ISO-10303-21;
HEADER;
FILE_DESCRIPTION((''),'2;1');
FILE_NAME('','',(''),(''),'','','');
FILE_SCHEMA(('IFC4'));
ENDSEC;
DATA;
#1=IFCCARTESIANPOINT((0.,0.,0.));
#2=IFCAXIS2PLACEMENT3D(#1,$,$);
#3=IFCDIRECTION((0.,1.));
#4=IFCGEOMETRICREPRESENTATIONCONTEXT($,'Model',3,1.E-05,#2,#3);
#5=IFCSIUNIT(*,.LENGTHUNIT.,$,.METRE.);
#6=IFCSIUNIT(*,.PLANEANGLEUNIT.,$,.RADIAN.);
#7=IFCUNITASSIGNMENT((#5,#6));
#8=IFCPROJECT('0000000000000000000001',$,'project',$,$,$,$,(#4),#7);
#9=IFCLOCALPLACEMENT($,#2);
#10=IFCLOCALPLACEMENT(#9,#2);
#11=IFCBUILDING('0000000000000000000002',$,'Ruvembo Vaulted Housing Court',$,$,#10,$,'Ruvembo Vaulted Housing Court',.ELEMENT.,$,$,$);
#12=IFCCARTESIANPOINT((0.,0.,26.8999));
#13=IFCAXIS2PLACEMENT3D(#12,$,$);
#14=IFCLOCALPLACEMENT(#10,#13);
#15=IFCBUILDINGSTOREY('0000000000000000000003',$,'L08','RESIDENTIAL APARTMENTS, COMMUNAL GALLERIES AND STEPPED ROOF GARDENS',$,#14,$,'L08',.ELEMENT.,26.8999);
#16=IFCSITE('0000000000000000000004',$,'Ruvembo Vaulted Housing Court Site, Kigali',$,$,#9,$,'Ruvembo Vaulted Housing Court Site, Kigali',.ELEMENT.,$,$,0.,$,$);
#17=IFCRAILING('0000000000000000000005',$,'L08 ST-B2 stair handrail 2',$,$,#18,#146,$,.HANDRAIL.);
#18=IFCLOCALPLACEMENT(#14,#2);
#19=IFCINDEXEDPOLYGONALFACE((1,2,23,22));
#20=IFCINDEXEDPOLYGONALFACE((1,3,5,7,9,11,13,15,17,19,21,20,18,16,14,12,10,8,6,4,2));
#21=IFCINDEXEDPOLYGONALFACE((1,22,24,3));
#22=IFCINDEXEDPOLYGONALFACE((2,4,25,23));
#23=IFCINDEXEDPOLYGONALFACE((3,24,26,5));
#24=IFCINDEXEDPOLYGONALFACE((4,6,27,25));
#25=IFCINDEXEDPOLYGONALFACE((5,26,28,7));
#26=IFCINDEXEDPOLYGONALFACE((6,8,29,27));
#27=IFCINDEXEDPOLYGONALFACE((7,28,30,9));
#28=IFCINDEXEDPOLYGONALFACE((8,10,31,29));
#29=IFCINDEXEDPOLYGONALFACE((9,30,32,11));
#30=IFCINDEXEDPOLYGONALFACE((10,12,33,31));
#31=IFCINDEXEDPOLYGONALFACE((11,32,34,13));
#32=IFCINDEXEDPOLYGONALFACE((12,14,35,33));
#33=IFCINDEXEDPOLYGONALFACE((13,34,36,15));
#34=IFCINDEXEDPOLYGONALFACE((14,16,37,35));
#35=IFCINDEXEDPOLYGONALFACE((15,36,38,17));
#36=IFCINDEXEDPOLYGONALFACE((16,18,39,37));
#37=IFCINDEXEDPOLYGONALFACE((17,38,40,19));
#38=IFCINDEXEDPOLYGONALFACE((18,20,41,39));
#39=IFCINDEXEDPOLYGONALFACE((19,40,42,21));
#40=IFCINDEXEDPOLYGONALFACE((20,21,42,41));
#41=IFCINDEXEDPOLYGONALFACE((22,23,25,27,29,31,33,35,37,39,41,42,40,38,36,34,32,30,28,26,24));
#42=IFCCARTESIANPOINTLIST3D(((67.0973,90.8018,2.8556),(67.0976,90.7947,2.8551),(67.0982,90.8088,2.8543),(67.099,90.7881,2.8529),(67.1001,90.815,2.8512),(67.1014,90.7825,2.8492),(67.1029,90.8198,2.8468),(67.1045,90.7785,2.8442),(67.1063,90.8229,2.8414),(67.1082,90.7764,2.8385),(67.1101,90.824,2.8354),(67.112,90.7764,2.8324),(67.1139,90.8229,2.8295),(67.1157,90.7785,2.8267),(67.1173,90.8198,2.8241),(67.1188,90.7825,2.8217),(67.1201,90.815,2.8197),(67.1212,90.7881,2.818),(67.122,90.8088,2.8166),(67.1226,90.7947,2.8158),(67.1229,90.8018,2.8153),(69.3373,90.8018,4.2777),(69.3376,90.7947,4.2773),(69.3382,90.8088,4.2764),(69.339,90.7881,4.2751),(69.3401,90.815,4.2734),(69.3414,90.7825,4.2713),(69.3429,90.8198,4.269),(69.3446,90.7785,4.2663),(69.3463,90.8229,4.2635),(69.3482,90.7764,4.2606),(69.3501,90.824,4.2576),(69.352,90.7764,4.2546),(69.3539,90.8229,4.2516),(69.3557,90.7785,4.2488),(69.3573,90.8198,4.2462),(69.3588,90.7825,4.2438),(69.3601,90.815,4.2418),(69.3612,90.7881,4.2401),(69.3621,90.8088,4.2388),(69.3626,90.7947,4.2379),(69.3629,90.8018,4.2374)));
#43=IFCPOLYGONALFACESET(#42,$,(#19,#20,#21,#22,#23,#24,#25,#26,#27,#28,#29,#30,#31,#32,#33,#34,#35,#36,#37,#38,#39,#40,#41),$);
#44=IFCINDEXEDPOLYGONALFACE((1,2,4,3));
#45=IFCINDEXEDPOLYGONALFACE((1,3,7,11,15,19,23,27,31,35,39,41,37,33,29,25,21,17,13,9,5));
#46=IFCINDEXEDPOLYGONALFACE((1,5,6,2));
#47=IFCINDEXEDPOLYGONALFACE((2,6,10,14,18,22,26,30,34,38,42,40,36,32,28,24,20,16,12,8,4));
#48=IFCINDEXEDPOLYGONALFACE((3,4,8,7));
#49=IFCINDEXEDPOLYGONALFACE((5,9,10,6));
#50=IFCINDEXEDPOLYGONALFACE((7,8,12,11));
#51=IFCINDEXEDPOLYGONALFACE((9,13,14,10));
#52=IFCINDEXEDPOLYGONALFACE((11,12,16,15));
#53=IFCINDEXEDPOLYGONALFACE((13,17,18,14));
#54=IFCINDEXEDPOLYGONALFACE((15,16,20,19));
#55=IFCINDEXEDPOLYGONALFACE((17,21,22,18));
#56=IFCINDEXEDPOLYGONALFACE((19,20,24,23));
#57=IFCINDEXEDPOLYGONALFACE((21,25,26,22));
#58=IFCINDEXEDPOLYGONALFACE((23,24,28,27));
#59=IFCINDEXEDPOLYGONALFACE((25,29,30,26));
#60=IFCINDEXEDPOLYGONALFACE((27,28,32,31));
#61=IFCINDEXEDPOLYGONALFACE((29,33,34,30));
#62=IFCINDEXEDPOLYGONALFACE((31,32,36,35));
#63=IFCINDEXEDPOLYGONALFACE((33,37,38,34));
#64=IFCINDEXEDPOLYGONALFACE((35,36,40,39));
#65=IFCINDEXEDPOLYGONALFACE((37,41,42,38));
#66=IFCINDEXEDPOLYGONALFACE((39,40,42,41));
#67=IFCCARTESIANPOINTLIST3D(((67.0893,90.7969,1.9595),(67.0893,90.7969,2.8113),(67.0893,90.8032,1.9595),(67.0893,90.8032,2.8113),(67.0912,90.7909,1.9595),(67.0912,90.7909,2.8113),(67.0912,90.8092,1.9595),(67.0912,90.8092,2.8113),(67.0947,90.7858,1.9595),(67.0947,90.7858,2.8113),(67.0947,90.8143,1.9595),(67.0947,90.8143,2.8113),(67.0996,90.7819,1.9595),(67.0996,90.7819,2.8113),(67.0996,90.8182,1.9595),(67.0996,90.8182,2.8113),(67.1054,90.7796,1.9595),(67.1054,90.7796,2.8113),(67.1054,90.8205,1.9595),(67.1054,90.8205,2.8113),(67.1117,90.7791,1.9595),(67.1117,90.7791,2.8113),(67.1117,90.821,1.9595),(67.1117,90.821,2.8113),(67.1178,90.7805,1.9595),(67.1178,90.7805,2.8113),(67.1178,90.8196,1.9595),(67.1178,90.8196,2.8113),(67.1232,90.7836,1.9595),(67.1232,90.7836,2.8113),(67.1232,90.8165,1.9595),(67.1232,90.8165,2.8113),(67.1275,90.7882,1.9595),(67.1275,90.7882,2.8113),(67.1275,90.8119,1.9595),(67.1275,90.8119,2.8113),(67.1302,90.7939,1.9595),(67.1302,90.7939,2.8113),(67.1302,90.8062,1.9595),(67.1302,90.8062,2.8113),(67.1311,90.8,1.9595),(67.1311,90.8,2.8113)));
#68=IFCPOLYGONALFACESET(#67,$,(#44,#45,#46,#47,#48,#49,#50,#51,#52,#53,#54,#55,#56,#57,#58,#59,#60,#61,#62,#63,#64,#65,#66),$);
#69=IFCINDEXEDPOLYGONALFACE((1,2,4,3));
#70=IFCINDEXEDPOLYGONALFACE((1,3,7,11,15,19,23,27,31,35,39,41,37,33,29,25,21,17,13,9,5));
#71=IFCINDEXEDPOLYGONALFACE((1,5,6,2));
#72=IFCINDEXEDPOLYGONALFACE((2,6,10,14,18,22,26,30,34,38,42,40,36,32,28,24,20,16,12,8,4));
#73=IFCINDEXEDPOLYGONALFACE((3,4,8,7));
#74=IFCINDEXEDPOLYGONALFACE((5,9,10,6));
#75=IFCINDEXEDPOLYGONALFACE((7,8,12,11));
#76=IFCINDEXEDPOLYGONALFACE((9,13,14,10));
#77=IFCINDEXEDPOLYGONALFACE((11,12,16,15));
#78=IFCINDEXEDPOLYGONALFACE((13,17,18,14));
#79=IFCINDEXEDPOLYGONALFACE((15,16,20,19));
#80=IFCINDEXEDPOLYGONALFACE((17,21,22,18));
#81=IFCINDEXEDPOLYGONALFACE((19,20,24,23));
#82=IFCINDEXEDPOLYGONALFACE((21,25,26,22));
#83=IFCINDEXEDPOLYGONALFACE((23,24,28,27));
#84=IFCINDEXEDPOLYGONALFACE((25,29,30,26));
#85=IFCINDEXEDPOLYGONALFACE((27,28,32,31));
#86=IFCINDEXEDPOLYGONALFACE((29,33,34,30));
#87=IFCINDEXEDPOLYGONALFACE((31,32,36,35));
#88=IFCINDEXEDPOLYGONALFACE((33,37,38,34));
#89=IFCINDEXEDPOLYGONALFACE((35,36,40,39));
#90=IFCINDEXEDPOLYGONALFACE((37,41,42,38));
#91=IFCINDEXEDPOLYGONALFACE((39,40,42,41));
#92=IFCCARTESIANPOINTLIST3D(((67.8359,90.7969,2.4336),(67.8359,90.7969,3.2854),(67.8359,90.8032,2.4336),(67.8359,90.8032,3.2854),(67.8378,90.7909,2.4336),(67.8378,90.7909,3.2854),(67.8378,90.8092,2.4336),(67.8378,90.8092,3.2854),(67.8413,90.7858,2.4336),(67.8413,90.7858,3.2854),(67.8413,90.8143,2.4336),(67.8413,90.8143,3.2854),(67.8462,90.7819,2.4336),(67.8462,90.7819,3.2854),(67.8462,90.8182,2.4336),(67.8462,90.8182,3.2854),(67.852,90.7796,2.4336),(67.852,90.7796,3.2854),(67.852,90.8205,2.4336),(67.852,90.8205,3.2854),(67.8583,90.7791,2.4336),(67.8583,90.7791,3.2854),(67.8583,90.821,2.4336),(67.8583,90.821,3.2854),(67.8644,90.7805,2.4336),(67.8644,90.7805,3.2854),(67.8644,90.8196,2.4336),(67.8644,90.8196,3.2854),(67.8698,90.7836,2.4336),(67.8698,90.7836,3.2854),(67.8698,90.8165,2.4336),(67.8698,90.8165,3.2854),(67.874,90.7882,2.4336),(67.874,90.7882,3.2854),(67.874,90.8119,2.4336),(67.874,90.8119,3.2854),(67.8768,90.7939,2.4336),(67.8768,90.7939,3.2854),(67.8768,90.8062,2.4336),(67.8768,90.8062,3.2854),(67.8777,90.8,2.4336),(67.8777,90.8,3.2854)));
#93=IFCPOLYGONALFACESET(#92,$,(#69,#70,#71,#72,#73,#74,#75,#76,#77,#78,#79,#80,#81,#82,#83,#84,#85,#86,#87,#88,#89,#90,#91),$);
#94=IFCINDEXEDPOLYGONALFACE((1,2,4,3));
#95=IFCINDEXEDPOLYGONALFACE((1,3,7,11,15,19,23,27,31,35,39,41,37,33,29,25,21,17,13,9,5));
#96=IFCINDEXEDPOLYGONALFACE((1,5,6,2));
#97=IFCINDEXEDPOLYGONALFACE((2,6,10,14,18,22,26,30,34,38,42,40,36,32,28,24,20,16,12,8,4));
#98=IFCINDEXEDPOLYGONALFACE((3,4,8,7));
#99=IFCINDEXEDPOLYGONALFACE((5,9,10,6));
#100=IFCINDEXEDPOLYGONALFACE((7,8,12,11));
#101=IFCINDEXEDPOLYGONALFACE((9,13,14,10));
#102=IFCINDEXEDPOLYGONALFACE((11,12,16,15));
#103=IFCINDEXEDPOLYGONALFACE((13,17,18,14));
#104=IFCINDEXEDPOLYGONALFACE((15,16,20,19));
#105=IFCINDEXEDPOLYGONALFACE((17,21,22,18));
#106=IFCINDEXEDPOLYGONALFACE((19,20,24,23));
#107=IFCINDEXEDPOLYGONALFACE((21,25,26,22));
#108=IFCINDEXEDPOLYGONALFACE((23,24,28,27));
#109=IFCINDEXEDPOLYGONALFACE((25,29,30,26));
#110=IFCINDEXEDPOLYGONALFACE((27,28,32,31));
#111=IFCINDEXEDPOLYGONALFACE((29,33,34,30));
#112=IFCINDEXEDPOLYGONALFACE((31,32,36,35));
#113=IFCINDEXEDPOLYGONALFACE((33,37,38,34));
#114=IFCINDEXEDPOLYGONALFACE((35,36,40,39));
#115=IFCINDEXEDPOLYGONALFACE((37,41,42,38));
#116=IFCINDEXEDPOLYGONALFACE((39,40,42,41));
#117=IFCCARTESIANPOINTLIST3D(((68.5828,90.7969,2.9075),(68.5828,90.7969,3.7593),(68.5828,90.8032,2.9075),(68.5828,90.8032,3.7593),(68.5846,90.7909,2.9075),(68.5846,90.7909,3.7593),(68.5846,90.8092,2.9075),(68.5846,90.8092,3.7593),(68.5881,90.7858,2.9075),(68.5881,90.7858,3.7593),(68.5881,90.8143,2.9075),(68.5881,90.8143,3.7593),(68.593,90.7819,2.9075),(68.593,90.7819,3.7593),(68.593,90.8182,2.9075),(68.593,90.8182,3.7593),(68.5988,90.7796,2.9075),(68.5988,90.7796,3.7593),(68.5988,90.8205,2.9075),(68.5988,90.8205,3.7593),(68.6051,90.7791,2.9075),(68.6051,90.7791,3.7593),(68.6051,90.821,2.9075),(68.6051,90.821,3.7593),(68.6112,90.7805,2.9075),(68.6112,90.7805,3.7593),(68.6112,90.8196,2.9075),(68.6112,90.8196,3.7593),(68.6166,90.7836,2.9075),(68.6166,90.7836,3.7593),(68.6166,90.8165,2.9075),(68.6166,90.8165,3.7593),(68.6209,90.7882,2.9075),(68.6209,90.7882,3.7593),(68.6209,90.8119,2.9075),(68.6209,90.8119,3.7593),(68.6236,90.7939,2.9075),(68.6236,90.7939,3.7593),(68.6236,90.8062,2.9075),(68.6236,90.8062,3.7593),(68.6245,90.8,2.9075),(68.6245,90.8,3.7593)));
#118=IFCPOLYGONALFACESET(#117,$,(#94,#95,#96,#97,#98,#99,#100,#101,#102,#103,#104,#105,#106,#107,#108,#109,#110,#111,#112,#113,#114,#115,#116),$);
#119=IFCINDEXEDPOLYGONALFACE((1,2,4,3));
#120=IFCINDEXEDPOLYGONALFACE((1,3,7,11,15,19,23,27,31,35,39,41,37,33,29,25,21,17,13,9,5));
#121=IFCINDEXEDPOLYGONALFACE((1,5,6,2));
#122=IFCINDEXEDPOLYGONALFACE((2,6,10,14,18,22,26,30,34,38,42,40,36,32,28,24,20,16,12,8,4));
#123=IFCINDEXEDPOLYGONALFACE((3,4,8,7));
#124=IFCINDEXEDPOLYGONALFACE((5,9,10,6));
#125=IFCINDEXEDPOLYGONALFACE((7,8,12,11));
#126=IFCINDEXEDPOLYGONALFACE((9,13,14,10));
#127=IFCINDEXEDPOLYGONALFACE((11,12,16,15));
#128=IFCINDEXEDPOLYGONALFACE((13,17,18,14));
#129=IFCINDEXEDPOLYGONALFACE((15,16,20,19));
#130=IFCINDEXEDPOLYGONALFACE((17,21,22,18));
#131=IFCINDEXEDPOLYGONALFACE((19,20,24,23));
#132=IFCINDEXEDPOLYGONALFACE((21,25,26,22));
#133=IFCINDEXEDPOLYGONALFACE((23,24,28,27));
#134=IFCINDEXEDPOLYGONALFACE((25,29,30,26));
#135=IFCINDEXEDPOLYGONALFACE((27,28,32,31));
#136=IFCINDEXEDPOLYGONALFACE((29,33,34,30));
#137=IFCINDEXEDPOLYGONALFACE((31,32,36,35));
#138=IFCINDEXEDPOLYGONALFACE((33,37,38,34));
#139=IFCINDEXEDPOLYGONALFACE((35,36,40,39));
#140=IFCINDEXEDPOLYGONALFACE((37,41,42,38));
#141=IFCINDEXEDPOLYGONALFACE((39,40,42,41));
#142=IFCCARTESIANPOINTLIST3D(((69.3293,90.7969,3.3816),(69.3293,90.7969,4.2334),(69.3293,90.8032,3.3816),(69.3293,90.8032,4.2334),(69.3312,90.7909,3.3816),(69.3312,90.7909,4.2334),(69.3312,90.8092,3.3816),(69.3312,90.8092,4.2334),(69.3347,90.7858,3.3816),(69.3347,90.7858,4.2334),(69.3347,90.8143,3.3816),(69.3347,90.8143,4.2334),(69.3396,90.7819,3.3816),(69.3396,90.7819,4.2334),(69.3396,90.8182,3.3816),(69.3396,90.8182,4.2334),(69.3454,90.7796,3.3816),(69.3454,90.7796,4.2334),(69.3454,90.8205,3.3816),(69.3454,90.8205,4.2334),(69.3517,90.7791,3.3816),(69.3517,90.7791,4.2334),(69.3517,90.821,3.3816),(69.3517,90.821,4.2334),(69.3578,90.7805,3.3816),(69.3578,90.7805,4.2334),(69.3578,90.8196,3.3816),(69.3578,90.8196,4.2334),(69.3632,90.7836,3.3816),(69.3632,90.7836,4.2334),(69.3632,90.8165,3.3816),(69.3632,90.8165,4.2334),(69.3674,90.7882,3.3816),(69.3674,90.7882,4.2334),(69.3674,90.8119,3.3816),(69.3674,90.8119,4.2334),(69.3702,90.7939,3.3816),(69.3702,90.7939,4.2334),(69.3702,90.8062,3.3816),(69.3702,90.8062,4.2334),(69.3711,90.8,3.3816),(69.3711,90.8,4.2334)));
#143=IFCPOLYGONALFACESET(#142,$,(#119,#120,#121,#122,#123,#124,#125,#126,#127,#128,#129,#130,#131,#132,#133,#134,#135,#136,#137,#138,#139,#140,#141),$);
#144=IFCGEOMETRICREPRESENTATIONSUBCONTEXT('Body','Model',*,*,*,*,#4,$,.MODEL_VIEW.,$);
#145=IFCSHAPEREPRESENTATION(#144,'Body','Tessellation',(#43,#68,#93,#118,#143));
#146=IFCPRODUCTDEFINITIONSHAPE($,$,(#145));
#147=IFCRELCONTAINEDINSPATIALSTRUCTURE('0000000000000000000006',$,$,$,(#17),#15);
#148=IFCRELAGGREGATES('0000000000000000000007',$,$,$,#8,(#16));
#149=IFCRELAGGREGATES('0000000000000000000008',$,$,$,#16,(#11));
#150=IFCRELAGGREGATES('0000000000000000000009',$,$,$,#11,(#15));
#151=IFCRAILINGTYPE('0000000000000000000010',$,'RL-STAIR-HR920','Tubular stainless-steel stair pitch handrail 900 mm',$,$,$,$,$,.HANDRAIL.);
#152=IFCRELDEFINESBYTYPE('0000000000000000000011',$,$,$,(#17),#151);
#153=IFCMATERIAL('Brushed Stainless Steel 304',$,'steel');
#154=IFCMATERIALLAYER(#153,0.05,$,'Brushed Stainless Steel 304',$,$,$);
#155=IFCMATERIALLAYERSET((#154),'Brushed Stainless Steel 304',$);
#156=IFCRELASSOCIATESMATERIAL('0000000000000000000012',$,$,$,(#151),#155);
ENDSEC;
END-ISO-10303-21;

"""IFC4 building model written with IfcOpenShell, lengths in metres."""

from ifc_helpers import new_model, si_unit, direction, frame, origin, origin_2d, place, context, subcontext, project, spatial, circle, extrude, material, layer, layer_set, type_object, element, save


model = new_model("IFC4")

# Units and contexts
model_context = context("Model", 3, precision=1e-05, world=origin(), true_north=direction((0.0, 1.0)))
body_context = subcontext(model_context, "Body", "Model", "MODEL_VIEW")
ifc_project = project(units=[si_unit("LENGTHUNIT", "METRE"), si_unit("PLANEANGLEUNIT", "RADIAN")], contexts=[model_context])

# Site, building, storey
site_placement = place(None, origin())
site = spatial("IfcSite", under=ifc_project, at=site_placement, Name="Ruvembo Vaulted Housing Court Site, Kigali", LongName="Ruvembo Vaulted Housing Court Site, Kigali", CompositionType="ELEMENT", RefElevation=0.0)
building_placement = place(site_placement, origin())
building = spatial("IfcBuilding", under=site, at=building_placement, Name="Ruvembo Vaulted Housing Court", LongName="Ruvembo Vaulted Housing Court", CompositionType="ELEMENT")
storey_placement = place(building_placement, frame((0.0, 0.0, 26.8999)))
storey = spatial("IfcBuildingStorey", under=building, at=storey_placement, Name="L08", Description="RESIDENTIAL APARTMENTS, COMMUNAL GALLERIES AND STEPPED ROOF GARDENS", LongName="L08", CompositionType="ELEMENT", Elevation=26.8999)

# Shared definitions
ifc_material_1 = material(Name="Brushed Stainless Steel 304", Category="steel")

# Railing
ifc_layer_1 = layer(ifc_material_1, 0.05, Name="Brushed Stainless Steel 304")
ifc_layer_set_1 = layer_set([ifc_layer_1], Name="Brushed Stainless Steel 304")
railing_type_1 = type_object("IfcRailingType", Name="RL-STAIR-HR920", Description="Tubular stainless-steel stair pitch handrail 900 mm", PredefinedType="HANDRAIL", material=ifc_layer_set_1)
railing_placement = place(storey_placement, frame((67.1101, 90.8, 1.9595)))
element("IfcRailing", 1, at=railing_placement, inside=storey, type_object=railing_type_1, Name="L08 ST-B2 stair handrail 2", PredefinedType="HANDRAIL", context=body_context, shape_type="SweptSolid", body=[
    extrude(circle(Radius=0.0239, at=origin_2d()), frame((0.0, 0.0, 0.876), z_axis=(0.844229, 0.0, 0.535982), x_axis=(0.0, 1.0, 0.0)), (0.0, 0.0, 1.0), 2.6533),
    extrude(circle(Radius=0.021, at=origin_2d()), origin(), (0.0, 0.0, 1.0), 0.8518),
    extrude(circle(Radius=0.021, at=origin_2d()), frame((0.7466, 0.0, 0.4741)), (0.0, 0.0, 1.0), 0.8518),
    extrude(circle(Radius=0.021, at=origin_2d()), frame((1.4934, 0.0, 0.948)), (0.0, 0.0, 1.0), 0.8518),
    extrude(circle(Radius=0.021, at=origin_2d()), frame((2.24, 0.0, 1.4221)), (0.0, 0.0, 1.0), 0.8518),
])

save(model, "model.ifc")
